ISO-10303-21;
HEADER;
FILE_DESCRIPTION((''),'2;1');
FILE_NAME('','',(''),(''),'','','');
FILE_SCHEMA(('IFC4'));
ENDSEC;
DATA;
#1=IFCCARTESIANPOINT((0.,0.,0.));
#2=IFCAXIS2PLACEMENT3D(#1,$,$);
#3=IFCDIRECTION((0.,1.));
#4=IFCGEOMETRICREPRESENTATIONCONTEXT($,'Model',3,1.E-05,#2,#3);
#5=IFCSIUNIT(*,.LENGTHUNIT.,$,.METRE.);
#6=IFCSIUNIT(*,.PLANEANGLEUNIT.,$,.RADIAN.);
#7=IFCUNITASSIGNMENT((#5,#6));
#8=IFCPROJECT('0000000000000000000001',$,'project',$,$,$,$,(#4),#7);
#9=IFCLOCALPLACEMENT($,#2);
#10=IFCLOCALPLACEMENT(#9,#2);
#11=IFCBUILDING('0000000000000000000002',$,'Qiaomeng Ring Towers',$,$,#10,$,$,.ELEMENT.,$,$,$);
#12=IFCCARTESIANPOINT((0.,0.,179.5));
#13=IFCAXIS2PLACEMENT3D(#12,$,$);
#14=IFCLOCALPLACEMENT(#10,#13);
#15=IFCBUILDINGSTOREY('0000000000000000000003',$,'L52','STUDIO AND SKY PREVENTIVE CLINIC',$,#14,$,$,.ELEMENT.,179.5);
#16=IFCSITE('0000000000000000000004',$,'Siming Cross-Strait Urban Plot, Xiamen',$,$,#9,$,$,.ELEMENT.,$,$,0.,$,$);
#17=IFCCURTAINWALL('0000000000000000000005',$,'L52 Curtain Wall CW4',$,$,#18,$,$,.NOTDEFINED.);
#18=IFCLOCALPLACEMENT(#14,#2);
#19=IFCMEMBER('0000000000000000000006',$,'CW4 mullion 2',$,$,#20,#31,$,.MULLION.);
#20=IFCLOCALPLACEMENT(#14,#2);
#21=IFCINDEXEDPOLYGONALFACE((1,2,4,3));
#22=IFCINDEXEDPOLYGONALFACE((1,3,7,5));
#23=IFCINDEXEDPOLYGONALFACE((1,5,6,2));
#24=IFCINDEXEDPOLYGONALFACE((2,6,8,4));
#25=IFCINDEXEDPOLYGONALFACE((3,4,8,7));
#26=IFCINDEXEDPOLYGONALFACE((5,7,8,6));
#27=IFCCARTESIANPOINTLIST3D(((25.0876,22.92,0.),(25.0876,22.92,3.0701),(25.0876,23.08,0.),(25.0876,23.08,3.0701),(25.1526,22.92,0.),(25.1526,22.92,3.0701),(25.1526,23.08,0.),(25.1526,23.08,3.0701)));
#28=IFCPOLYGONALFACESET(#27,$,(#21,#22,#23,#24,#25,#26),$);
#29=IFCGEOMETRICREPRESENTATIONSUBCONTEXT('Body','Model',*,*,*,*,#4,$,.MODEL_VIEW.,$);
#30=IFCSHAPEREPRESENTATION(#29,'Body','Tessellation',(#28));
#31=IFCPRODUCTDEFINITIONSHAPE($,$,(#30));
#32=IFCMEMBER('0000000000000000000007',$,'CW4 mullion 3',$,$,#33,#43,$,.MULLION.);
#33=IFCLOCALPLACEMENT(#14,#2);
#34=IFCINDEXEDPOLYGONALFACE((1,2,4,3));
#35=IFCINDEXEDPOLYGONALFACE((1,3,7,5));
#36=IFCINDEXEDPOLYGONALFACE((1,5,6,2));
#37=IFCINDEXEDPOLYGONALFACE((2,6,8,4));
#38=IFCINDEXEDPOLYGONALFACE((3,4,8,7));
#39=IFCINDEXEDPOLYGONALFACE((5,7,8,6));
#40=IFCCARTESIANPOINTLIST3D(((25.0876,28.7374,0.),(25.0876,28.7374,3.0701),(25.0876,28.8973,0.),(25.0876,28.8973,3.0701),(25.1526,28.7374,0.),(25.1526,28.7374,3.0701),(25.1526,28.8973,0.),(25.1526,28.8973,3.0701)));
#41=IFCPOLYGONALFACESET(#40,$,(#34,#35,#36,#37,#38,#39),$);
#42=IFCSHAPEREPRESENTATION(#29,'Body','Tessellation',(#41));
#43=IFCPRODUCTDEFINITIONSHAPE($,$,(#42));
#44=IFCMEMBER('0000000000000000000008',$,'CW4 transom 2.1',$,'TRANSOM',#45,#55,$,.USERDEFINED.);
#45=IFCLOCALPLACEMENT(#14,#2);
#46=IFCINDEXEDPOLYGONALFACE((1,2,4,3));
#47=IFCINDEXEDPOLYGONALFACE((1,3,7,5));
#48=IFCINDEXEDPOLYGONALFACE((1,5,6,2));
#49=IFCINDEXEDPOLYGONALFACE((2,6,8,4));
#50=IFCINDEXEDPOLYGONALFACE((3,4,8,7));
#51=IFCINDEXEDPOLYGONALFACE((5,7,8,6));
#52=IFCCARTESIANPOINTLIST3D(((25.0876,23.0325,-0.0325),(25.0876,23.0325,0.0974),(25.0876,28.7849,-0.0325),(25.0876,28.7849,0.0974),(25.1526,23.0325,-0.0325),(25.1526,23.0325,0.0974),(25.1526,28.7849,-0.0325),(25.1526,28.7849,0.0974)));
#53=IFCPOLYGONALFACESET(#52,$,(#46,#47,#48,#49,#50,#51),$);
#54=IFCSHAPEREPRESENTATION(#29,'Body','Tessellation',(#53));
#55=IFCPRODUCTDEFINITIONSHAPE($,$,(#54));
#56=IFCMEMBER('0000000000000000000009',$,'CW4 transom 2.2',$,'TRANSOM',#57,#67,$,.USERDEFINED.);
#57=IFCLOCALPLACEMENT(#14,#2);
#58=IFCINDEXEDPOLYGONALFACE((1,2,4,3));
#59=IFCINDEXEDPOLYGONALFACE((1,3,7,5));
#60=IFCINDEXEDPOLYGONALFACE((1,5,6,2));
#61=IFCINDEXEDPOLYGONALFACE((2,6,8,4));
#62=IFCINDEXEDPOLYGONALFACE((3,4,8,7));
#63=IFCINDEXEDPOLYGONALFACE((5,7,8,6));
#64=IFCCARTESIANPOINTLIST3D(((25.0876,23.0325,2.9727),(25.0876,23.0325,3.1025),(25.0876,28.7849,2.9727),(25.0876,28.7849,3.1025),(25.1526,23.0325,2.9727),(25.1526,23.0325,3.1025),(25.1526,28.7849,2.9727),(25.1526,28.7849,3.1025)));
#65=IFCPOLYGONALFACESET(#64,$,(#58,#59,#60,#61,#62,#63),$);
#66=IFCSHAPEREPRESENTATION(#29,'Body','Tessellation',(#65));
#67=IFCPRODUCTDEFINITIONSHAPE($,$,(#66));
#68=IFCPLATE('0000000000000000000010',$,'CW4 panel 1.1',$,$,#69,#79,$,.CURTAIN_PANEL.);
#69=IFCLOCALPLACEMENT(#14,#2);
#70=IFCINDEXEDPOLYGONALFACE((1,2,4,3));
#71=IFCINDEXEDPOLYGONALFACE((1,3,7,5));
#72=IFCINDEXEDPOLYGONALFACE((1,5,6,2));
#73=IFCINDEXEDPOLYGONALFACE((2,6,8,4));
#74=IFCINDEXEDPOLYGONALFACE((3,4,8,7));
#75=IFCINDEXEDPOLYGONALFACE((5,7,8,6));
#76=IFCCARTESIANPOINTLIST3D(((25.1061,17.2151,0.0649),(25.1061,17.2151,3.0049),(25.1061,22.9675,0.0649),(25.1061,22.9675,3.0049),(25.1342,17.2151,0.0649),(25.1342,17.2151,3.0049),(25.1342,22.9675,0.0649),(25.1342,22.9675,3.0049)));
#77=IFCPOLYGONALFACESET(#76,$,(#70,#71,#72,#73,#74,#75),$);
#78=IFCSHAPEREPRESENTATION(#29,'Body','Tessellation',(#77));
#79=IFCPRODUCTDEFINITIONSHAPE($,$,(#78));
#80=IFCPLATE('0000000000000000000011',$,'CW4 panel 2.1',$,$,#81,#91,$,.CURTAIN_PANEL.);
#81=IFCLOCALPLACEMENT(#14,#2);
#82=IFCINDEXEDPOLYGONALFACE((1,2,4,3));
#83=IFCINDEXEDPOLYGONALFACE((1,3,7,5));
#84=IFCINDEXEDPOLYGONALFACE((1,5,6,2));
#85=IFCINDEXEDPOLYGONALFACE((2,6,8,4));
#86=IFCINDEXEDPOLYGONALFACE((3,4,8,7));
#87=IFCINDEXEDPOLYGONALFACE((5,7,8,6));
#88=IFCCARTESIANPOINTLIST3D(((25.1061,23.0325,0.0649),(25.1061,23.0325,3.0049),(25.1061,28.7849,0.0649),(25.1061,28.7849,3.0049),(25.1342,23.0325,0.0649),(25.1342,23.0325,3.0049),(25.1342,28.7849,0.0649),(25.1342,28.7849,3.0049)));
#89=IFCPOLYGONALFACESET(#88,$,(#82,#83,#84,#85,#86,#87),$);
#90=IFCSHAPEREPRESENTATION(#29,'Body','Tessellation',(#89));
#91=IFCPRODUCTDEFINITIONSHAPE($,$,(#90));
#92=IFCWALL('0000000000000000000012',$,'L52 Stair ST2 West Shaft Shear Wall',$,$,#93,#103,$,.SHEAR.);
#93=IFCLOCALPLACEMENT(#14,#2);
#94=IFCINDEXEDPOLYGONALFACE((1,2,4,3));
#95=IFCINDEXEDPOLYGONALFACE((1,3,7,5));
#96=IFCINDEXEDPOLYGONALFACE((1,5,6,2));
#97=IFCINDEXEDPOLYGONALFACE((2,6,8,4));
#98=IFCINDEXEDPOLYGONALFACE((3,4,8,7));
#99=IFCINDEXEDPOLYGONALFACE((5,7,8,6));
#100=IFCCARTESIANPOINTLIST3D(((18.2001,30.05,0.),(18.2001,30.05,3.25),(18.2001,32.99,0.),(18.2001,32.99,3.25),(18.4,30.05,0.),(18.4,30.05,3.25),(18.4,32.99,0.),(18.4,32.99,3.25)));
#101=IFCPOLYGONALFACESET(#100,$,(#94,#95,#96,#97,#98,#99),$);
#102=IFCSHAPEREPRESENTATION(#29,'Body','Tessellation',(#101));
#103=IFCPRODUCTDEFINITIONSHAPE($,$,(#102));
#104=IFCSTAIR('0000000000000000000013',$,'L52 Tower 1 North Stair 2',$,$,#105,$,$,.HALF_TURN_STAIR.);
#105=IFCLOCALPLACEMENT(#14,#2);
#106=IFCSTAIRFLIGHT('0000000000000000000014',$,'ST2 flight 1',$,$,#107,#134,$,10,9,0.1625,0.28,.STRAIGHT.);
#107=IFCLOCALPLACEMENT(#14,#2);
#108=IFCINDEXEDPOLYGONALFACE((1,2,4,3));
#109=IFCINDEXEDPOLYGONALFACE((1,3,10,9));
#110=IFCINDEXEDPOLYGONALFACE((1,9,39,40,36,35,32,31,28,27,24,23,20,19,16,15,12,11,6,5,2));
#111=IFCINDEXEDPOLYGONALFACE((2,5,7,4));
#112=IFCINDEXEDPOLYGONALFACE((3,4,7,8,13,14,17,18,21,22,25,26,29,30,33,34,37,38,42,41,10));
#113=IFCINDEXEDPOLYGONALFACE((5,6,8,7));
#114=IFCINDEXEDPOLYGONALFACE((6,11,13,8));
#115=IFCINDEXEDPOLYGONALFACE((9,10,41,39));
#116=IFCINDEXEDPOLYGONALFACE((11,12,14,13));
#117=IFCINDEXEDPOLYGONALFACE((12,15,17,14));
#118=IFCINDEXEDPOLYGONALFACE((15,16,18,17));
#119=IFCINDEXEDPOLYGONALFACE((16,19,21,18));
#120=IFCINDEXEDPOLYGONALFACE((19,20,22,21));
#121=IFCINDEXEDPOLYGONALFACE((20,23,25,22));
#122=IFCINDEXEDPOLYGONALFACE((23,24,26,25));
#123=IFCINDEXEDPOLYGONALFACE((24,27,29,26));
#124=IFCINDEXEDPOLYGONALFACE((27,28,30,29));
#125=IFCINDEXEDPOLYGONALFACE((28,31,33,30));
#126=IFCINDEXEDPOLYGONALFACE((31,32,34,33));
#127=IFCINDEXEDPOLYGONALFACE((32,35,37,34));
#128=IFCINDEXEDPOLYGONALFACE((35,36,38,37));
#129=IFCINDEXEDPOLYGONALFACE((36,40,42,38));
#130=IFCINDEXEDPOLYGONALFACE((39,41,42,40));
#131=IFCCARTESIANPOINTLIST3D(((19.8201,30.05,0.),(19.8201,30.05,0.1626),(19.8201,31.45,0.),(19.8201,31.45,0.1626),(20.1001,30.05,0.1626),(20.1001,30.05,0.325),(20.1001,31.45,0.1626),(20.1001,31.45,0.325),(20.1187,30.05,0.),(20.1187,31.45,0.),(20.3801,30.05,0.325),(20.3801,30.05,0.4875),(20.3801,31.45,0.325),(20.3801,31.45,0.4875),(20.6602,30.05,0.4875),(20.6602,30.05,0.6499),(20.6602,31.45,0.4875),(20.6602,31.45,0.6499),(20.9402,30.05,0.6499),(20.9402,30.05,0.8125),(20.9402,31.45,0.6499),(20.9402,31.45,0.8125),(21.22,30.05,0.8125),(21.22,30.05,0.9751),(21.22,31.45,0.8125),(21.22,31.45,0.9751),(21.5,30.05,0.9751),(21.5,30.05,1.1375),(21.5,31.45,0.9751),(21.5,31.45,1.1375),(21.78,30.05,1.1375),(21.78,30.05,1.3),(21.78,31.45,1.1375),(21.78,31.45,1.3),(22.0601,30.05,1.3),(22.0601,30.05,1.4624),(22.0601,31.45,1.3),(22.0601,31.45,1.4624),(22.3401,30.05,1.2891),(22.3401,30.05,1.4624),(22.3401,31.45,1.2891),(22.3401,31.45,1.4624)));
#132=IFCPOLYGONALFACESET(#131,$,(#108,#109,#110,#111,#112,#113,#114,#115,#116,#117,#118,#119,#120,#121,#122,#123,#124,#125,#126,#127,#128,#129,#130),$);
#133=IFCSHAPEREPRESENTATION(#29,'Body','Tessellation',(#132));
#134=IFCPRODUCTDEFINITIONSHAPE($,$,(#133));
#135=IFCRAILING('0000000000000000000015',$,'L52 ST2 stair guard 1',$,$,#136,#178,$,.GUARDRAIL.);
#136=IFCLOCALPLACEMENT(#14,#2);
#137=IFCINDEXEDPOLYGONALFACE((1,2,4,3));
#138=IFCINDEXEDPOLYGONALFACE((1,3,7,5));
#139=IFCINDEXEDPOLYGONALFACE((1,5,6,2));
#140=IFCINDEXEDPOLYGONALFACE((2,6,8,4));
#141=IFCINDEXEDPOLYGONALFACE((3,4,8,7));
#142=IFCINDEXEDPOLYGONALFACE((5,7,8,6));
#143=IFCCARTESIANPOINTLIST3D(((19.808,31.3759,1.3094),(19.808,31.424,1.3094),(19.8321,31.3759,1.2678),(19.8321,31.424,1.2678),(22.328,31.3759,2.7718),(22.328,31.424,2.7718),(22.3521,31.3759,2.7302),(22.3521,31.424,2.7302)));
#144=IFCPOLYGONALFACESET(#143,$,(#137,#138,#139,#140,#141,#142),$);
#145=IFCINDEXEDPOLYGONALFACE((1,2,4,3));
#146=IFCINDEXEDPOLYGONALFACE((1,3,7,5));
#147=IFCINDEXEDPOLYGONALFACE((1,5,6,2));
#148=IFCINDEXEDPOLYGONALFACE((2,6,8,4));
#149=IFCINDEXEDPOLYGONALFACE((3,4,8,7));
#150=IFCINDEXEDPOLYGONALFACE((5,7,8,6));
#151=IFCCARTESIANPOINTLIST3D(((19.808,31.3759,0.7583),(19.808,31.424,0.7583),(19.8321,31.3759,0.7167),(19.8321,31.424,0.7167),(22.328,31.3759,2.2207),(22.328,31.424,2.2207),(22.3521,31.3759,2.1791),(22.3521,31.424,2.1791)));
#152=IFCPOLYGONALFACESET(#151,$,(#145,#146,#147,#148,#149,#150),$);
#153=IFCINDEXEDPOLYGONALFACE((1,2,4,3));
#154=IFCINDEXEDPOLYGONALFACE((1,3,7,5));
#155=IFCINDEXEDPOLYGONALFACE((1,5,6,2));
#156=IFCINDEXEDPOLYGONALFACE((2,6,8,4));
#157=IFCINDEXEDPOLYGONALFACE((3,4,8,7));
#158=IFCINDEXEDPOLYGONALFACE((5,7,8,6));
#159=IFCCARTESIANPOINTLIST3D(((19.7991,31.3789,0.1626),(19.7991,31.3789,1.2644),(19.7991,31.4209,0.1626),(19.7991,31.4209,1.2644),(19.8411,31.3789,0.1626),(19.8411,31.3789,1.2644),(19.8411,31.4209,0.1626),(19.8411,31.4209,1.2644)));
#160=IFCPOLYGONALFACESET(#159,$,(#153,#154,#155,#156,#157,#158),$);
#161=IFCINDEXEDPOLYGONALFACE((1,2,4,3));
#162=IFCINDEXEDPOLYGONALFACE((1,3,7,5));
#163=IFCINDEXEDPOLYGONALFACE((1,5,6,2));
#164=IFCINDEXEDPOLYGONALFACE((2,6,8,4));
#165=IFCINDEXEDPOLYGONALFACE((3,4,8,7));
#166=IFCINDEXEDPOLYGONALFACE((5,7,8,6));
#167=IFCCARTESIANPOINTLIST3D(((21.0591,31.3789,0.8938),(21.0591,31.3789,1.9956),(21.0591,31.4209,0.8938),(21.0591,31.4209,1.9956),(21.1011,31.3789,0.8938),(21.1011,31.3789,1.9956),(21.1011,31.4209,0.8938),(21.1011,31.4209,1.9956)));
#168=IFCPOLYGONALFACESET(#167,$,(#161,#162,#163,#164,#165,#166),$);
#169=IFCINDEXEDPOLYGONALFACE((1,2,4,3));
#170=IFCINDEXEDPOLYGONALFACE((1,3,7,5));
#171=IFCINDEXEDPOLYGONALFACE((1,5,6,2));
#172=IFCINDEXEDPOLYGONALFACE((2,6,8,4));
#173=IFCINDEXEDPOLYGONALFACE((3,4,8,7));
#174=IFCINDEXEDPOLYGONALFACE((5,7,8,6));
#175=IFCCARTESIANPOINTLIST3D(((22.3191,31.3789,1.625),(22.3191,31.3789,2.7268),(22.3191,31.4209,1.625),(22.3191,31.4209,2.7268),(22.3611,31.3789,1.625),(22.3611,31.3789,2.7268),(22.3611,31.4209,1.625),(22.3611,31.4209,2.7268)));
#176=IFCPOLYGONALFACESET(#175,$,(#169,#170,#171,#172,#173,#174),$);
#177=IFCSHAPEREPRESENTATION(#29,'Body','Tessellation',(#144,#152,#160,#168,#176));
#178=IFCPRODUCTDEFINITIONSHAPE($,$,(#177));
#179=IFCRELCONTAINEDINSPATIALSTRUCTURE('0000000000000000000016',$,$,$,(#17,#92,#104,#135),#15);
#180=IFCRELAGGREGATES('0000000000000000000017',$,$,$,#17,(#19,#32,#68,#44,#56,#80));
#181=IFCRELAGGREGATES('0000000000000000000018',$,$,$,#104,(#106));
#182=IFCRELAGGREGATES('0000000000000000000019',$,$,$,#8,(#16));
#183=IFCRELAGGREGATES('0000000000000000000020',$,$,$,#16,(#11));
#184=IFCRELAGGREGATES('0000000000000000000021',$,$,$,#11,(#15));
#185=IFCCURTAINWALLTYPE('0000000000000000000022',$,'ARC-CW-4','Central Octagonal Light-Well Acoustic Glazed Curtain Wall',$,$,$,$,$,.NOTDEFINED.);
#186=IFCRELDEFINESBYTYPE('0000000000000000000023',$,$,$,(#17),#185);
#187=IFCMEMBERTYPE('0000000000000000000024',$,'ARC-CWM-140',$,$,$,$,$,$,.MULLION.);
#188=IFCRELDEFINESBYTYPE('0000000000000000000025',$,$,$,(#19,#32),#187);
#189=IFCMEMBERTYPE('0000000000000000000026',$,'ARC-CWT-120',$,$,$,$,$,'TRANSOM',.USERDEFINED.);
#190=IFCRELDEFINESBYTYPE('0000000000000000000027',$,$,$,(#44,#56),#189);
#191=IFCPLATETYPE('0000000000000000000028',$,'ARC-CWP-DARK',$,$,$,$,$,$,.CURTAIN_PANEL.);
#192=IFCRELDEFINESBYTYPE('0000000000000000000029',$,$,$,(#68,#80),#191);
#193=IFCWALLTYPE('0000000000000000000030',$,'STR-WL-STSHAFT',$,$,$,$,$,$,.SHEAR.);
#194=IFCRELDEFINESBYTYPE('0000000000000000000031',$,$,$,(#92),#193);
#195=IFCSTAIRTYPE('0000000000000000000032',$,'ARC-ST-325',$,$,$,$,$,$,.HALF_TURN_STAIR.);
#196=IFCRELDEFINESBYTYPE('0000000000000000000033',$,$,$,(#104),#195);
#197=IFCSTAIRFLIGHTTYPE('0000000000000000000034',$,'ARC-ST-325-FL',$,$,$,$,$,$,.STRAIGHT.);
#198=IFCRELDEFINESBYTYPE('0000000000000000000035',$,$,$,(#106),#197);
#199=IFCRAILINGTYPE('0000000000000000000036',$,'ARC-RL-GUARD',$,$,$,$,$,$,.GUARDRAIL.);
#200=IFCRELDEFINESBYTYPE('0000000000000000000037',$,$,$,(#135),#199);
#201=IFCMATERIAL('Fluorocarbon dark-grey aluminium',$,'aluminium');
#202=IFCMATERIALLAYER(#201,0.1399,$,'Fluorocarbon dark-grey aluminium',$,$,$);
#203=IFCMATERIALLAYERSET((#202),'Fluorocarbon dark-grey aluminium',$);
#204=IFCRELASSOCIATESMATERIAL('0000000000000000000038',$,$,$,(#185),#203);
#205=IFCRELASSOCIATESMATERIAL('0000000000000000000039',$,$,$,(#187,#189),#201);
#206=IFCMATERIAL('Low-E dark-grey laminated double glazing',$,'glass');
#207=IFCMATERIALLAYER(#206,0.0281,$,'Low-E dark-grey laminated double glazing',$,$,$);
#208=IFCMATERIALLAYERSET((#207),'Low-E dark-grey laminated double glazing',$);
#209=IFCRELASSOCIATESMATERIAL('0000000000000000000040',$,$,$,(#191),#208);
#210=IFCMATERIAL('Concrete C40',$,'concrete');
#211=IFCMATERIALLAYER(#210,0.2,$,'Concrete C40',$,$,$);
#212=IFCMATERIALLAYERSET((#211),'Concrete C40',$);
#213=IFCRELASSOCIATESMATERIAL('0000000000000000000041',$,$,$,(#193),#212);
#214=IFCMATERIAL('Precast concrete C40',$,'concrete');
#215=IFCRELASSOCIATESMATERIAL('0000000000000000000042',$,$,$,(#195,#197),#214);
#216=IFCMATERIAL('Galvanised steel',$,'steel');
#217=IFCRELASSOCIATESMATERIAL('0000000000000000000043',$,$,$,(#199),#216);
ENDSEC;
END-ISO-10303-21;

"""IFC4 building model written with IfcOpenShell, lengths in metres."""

from ifc_helpers import new_model, si_unit, direction, frame, frame_2d, origin, origin_2d, place, context, subcontext, project, spatial, polyline, rectangle, outline, extrude, source, transform, mapped, material, layer, layer_set, material_profile, profile_set, type_object, element, aggregate, save


model = new_model("IFC4")

# Units and contexts
model_context = context("Model", 3, precision=1e-05, world=origin(), true_north=direction((0.0, 1.0)))
body_context = subcontext(model_context, "Body", "Model", "MODEL_VIEW")
ifc_project = project(units=[si_unit("LENGTHUNIT", "METRE"), si_unit("PLANEANGLEUNIT", "RADIAN")], contexts=[model_context])

# Site, building, storey
site_placement = place(None, origin())
site = spatial("IfcSite", under=ifc_project, at=site_placement, Name="Siming Cross-Strait Urban Plot, Xiamen", CompositionType="ELEMENT", RefElevation=0.0)
building_placement = place(site_placement, origin())
building = spatial("IfcBuilding", under=site, at=building_placement, Name="Qiaomeng Ring Towers", CompositionType="ELEMENT")
storey_placement = place(building_placement, frame((0.0, 0.0, 179.5)))
storey = spatial("IfcBuildingStorey", under=building, at=storey_placement, Name="L52", Description="STUDIO AND SKY PREVENTIVE CLINIC", CompositionType="ELEMENT", Elevation=179.5)

# Curtain wall, members, plates
ifc_material_1 = material(Name="Fluorocarbon dark-grey aluminium", Category="aluminium")
ifc_layer_1 = layer(ifc_material_1, 0.1399, Name="Fluorocarbon dark-grey aluminium")
ifc_layer_set_1 = layer_set([ifc_layer_1], Name="Fluorocarbon dark-grey aluminium")
curtain_wall_type = type_object("IfcCurtainWallType", Name="ARC-CW-4", Description="Central Octagonal Light-Well Acoustic Glazed Curtain Wall", PredefinedType="NOTDEFINED", material=ifc_layer_set_1)
curtain_wall_placement = place(storey_placement, origin())
curtain_wall = element("IfcCurtainWall", 1, at=curtain_wall_placement, inside=storey, type_object=curtain_wall_type, Name="L52 Curtain Wall CW4", PredefinedType="NOTDEFINED")
ifc_material_profile_1 = material_profile(ifc_material_1, rectangle(XDim=0.0649, YDim=0.1599, at=origin_2d()), Name="ALU MULL 65x160")
ifc_profile_set_1 = profile_set([ifc_material_profile_1], Name="Fluorocarbon dark-grey aluminium")
member_type_1 = type_object("IfcMemberType", Name="ARC-CWM-140", PredefinedType="MULLION", material=ifc_profile_set_1)
shared_shape_1 = source(origin(), body_context, "Body", "SweptSolid", [
    extrude(rectangle(XDim=0.0649, YDim=0.1599, at=origin_2d()), origin(), (0.0, 0.0, 1.0), 3.0701),
])
member_1_placement = place(storey_placement, frame((25.1201, 23.0, 0.0), z_axis=(0.0, 0.0, 1.0), x_axis=(-1.0, 0.0, 0.0)))
member_1 = element("IfcMember", 2, at=member_1_placement, type_object=member_type_1, Name="CW4 mullion 2", PredefinedType="MULLION", context=body_context, shape_type="MappedRepresentation", body=[
    mapped(shared_shape_1, transform((0.0, 0.0, 0.0), x_axis=(1.0, 0.0, 0.0), y_axis=(0.0, 1.0, 0.0), z_axis=(0.0, 0.0, 1.0), scale=1.0)),
])
member_2_placement = place(storey_placement, frame((25.1201, 28.8174, 0.0), z_axis=(0.0, 0.0, 1.0), x_axis=(-1.0, 0.0, 0.0)))
member_2 = element("IfcMember", 3, at=member_2_placement, type_object=member_type_1, Name="CW4 mullion 3", PredefinedType="MULLION", context=body_context, shape_type="MappedRepresentation", body=[
    mapped(shared_shape_1, transform((0.0, 0.0, 0.0), x_axis=(1.0, 0.0, 0.0), y_axis=(0.0, 1.0, 0.0), z_axis=(0.0, 0.0, 1.0), scale=1.0)),
])
ifc_material_profile_2 = material_profile(ifc_material_1, rectangle(XDim=0.0649, YDim=0.1299, at=origin_2d()), Name="ALU TRAN 65x130")
ifc_profile_set_2 = profile_set([ifc_material_profile_2], Name="Fluorocarbon dark-grey aluminium")
member_type_2 = type_object("IfcMemberType", Name="ARC-CWT-120", ElementType="TRANSOM", PredefinedType="USERDEFINED", material=ifc_profile_set_2)
shared_shape_2 = source(origin(), body_context, "Body", "SweptSolid", [
    extrude(rectangle(XDim=0.0649, YDim=0.1299, at=origin_2d()), origin(), (0.0, 0.0, 1.0), 5.7524),
])
member_3_placement = place(storey_placement, frame((25.1201, 23.0325, 0.0325), z_axis=(0.0, 1.0, 0.0), x_axis=(-1.0, 0.0, 0.0)))
member_3 = element("IfcMember", 4, at=member_3_placement, type_object=member_type_2, Name="CW4 transom 2.1", ObjectType="TRANSOM", PredefinedType="USERDEFINED", context=body_context, shape_type="MappedRepresentation", body=[
    mapped(shared_shape_2, transform((0.0, 0.0, 0.0), x_axis=(1.0, 0.0, 0.0), y_axis=(0.0, 1.0, 0.0), z_axis=(0.0, 0.0, 1.0), scale=1.0)),
])
member_4_placement = place(storey_placement, frame((25.1201, 23.0325, 3.0376), z_axis=(0.0, 1.0, 0.0), x_axis=(-1.0, 0.0, 0.0)))
member_4 = element("IfcMember", 5, at=member_4_placement, type_object=member_type_2, Name="CW4 transom 2.2", ObjectType="TRANSOM", PredefinedType="USERDEFINED", context=body_context, shape_type="MappedRepresentation", body=[
    mapped(shared_shape_2, transform((0.0, 0.0, 0.0), x_axis=(1.0, 0.0, 0.0), y_axis=(0.0, 1.0, 0.0), z_axis=(0.0, 0.0, 1.0), scale=1.0)),
])
ifc_material_2 = material(Name="Low-E dark-grey laminated double glazing", Category="glass")
ifc_layer_2 = layer(ifc_material_2, 0.0281, Name="Low-E dark-grey laminated double glazing")
ifc_layer_set_2 = layer_set([ifc_layer_2], Name="Low-E dark-grey laminated double glazing")
plate_type = type_object("IfcPlateType", Name="ARC-CWP-DARK", PredefinedType="CURTAIN_PANEL", material=ifc_layer_set_2)
shared_shape_3 = source(origin(), body_context, "Body", "SweptSolid", [
    extrude(rectangle(XDim=5.7524, YDim=0.0281, at=origin_2d()), origin(), (0.0, 0.0, 1.0), 2.9399),
])
plate_1_placement = place(storey_placement, frame((25.1201, 20.0913, 0.0649), z_axis=(0.0, 0.0, 1.0), x_axis=(0.0, 1.0, 0.0)))
plate_1 = element("IfcPlate", 6, at=plate_1_placement, type_object=plate_type, Name="CW4 panel 1.1", PredefinedType="CURTAIN_PANEL", context=body_context, shape_type="MappedRepresentation", body=[
    mapped(shared_shape_3, transform((0.0, 0.0, 0.0), x_axis=(1.0, 0.0, 0.0), y_axis=(0.0, 1.0, 0.0), z_axis=(0.0, 0.0, 1.0), scale=1.0)),
])
plate_2_placement = place(storey_placement, frame((25.1201, 25.9087, 0.0649), z_axis=(0.0, 0.0, 1.0), x_axis=(0.0, 1.0, 0.0)))
plate_2 = element("IfcPlate", 7, at=plate_2_placement, type_object=plate_type, Name="CW4 panel 2.1", PredefinedType="CURTAIN_PANEL", context=body_context, shape_type="MappedRepresentation", body=[
    mapped(shared_shape_3, transform((0.0, 0.0, 0.0), x_axis=(1.0, 0.0, 0.0), y_axis=(0.0, 1.0, 0.0), z_axis=(0.0, 0.0, 1.0), scale=1.0)),
])
aggregate(curtain_wall, [member_1, member_2, plate_1, member_3, member_4, plate_2])

# Wall
ifc_material_3 = material(Name="Concrete C40", Category="concrete")
ifc_layer_3 = layer(ifc_material_3, 0.2, Name="Concrete C40")
ifc_layer_set_3 = layer_set([ifc_layer_3], Name="Concrete C40")
wall_type = type_object("IfcWallType", Name="STR-WL-STSHAFT", PredefinedType="SHEAR", material=ifc_layer_set_3)
wall_placement = place(storey_placement, frame((18.3, 30.05, 0.0), z_axis=(0.0, 0.0, 1.0), x_axis=(0.0, 1.0, 0.0)))
element("IfcWall", 8, at=wall_placement, inside=storey, type_object=wall_type, Name="L52 Stair ST2 West Shaft Shear Wall", PredefinedType="SHEAR", context=body_context, shape_type="SweptSolid", body=[
    extrude(rectangle(XDim=2.9399, YDim=0.2, at=frame_2d((1.47, 0.0))), origin(), (0.0, 0.0, 1.0), 3.25),
])

# Stair, stair flight
ifc_material_4 = material(Name="Precast concrete C40", Category="concrete")
stair_type = type_object("IfcStairType", Name="ARC-ST-325", PredefinedType="HALF_TURN_STAIR", material=ifc_material_4)
stair_placement = place(storey_placement, origin())
stair = element("IfcStair", 9, at=stair_placement, inside=storey, type_object=stair_type, Name="L52 Tower 1 North Stair 2", PredefinedType="HALF_TURN_STAIR")
stair_flight_type = type_object("IfcStairFlightType", Name="ARC-ST-325-FL", PredefinedType="STRAIGHT", material=ifc_material_4)
shared_shape_4 = source(origin(), body_context, "Body", "SweptSolid", [
    extrude(outline(polyline([(0.0, 0.0), (0.0, 0.1626), (0.28, 0.1626), (0.28, 0.325), (0.5601, 0.325), (0.5601, 0.4875), (0.8401, 0.4875), (0.8401, 0.6499), (1.1201, 0.6499), (1.1201, 0.8125), (1.3999, 0.8125), (1.3999, 0.9751), (1.6799, 0.9751), (1.6799, 1.1375), (1.96, 1.1375), (1.96, 1.3), (2.24, 1.3), (2.24, 1.4624), (2.52, 1.4624), (2.52, 1.625), (2.52, 1.2891), (0.2986, 0.0), (0.0, 0.0)])), frame((0.0, 0.7, 0.0), z_axis=(0.0, -1.0, 0.0), x_axis=(1.0, 0.0, 0.0)), (0.0, 0.0, 1.0), 1.3999),
])
stair_flight_placement = place(storey_placement, frame((19.8201, 30.75, 0.0), z_axis=(0.0, 0.0, 1.0), x_axis=(1.0, 0.0, 0.0)))
stair_flight = element("IfcStairFlight", 10, at=stair_flight_placement, type_object=stair_flight_type, Name="ST2 flight 1", NumberOfRisers=10, NumberOfTreads=9, PredefinedType="STRAIGHT", RiserHeight=0.1625, TreadLength=0.28, context=body_context, shape_type="MappedRepresentation", body=[
    mapped(shared_shape_4, transform((0.0, 0.0, 0.0), x_axis=(1.0, 0.0, 0.0), y_axis=(0.0, 1.0, 0.0), z_axis=(0.0, 0.0, 1.0), scale=1.0)),
])
aggregate(stair, [stair_flight])

# Railing
ifc_material_5 = material(Name="Galvanised steel", Category="steel")
railing_type_1 = type_object("IfcRailingType", Name="ARC-RL-GUARD", PredefinedType="GUARDRAIL", material=ifc_material_5)
railing_1_placement = place(storey_placement, frame((19.8201, 31.3999, 0.1626)))
element("IfcRailing", 11, at=railing_1_placement, inside=storey, type_object=railing_type_1, Name="L52 ST2 stair guard 1", PredefinedType="GUARDRAIL", context=body_context, shape_type="SweptSolid", body=[
    extrude(rectangle(XDim=0.0481, YDim=0.0481, at=origin_2d()), frame((0.0, 0.0, 1.126), z_axis=(0.864913, 0.0, 0.501921), x_axis=(0.0, 1.0, 0.0)), (0.0, 0.0, 1.0), 2.9136),
    extrude(rectangle(XDim=0.0481, YDim=0.0481, at=origin_2d()), frame((0.0, 0.0, 0.575), z_axis=(0.864913, 0.0, 0.501921), x_axis=(0.0, 1.0, 0.0)), (0.0, 0.0, 1.0), 2.9136),
    extrude(rectangle(XDim=0.042, YDim=0.042, at=origin_2d()), origin(), (0.0, 0.0, 1.0), 1.1018),
    extrude(rectangle(XDim=0.042, YDim=0.042, at=origin_2d()), frame((1.26, 0.0, 0.7312)), (0.0, 0.0, 1.0), 1.1018),
    extrude(rectangle(XDim=0.042, YDim=0.042, at=origin_2d()), frame((2.52, 0.0, 1.4624)), (0.0, 0.0, 1.0), 1.1018),
])

save(model, "model.ifc")
